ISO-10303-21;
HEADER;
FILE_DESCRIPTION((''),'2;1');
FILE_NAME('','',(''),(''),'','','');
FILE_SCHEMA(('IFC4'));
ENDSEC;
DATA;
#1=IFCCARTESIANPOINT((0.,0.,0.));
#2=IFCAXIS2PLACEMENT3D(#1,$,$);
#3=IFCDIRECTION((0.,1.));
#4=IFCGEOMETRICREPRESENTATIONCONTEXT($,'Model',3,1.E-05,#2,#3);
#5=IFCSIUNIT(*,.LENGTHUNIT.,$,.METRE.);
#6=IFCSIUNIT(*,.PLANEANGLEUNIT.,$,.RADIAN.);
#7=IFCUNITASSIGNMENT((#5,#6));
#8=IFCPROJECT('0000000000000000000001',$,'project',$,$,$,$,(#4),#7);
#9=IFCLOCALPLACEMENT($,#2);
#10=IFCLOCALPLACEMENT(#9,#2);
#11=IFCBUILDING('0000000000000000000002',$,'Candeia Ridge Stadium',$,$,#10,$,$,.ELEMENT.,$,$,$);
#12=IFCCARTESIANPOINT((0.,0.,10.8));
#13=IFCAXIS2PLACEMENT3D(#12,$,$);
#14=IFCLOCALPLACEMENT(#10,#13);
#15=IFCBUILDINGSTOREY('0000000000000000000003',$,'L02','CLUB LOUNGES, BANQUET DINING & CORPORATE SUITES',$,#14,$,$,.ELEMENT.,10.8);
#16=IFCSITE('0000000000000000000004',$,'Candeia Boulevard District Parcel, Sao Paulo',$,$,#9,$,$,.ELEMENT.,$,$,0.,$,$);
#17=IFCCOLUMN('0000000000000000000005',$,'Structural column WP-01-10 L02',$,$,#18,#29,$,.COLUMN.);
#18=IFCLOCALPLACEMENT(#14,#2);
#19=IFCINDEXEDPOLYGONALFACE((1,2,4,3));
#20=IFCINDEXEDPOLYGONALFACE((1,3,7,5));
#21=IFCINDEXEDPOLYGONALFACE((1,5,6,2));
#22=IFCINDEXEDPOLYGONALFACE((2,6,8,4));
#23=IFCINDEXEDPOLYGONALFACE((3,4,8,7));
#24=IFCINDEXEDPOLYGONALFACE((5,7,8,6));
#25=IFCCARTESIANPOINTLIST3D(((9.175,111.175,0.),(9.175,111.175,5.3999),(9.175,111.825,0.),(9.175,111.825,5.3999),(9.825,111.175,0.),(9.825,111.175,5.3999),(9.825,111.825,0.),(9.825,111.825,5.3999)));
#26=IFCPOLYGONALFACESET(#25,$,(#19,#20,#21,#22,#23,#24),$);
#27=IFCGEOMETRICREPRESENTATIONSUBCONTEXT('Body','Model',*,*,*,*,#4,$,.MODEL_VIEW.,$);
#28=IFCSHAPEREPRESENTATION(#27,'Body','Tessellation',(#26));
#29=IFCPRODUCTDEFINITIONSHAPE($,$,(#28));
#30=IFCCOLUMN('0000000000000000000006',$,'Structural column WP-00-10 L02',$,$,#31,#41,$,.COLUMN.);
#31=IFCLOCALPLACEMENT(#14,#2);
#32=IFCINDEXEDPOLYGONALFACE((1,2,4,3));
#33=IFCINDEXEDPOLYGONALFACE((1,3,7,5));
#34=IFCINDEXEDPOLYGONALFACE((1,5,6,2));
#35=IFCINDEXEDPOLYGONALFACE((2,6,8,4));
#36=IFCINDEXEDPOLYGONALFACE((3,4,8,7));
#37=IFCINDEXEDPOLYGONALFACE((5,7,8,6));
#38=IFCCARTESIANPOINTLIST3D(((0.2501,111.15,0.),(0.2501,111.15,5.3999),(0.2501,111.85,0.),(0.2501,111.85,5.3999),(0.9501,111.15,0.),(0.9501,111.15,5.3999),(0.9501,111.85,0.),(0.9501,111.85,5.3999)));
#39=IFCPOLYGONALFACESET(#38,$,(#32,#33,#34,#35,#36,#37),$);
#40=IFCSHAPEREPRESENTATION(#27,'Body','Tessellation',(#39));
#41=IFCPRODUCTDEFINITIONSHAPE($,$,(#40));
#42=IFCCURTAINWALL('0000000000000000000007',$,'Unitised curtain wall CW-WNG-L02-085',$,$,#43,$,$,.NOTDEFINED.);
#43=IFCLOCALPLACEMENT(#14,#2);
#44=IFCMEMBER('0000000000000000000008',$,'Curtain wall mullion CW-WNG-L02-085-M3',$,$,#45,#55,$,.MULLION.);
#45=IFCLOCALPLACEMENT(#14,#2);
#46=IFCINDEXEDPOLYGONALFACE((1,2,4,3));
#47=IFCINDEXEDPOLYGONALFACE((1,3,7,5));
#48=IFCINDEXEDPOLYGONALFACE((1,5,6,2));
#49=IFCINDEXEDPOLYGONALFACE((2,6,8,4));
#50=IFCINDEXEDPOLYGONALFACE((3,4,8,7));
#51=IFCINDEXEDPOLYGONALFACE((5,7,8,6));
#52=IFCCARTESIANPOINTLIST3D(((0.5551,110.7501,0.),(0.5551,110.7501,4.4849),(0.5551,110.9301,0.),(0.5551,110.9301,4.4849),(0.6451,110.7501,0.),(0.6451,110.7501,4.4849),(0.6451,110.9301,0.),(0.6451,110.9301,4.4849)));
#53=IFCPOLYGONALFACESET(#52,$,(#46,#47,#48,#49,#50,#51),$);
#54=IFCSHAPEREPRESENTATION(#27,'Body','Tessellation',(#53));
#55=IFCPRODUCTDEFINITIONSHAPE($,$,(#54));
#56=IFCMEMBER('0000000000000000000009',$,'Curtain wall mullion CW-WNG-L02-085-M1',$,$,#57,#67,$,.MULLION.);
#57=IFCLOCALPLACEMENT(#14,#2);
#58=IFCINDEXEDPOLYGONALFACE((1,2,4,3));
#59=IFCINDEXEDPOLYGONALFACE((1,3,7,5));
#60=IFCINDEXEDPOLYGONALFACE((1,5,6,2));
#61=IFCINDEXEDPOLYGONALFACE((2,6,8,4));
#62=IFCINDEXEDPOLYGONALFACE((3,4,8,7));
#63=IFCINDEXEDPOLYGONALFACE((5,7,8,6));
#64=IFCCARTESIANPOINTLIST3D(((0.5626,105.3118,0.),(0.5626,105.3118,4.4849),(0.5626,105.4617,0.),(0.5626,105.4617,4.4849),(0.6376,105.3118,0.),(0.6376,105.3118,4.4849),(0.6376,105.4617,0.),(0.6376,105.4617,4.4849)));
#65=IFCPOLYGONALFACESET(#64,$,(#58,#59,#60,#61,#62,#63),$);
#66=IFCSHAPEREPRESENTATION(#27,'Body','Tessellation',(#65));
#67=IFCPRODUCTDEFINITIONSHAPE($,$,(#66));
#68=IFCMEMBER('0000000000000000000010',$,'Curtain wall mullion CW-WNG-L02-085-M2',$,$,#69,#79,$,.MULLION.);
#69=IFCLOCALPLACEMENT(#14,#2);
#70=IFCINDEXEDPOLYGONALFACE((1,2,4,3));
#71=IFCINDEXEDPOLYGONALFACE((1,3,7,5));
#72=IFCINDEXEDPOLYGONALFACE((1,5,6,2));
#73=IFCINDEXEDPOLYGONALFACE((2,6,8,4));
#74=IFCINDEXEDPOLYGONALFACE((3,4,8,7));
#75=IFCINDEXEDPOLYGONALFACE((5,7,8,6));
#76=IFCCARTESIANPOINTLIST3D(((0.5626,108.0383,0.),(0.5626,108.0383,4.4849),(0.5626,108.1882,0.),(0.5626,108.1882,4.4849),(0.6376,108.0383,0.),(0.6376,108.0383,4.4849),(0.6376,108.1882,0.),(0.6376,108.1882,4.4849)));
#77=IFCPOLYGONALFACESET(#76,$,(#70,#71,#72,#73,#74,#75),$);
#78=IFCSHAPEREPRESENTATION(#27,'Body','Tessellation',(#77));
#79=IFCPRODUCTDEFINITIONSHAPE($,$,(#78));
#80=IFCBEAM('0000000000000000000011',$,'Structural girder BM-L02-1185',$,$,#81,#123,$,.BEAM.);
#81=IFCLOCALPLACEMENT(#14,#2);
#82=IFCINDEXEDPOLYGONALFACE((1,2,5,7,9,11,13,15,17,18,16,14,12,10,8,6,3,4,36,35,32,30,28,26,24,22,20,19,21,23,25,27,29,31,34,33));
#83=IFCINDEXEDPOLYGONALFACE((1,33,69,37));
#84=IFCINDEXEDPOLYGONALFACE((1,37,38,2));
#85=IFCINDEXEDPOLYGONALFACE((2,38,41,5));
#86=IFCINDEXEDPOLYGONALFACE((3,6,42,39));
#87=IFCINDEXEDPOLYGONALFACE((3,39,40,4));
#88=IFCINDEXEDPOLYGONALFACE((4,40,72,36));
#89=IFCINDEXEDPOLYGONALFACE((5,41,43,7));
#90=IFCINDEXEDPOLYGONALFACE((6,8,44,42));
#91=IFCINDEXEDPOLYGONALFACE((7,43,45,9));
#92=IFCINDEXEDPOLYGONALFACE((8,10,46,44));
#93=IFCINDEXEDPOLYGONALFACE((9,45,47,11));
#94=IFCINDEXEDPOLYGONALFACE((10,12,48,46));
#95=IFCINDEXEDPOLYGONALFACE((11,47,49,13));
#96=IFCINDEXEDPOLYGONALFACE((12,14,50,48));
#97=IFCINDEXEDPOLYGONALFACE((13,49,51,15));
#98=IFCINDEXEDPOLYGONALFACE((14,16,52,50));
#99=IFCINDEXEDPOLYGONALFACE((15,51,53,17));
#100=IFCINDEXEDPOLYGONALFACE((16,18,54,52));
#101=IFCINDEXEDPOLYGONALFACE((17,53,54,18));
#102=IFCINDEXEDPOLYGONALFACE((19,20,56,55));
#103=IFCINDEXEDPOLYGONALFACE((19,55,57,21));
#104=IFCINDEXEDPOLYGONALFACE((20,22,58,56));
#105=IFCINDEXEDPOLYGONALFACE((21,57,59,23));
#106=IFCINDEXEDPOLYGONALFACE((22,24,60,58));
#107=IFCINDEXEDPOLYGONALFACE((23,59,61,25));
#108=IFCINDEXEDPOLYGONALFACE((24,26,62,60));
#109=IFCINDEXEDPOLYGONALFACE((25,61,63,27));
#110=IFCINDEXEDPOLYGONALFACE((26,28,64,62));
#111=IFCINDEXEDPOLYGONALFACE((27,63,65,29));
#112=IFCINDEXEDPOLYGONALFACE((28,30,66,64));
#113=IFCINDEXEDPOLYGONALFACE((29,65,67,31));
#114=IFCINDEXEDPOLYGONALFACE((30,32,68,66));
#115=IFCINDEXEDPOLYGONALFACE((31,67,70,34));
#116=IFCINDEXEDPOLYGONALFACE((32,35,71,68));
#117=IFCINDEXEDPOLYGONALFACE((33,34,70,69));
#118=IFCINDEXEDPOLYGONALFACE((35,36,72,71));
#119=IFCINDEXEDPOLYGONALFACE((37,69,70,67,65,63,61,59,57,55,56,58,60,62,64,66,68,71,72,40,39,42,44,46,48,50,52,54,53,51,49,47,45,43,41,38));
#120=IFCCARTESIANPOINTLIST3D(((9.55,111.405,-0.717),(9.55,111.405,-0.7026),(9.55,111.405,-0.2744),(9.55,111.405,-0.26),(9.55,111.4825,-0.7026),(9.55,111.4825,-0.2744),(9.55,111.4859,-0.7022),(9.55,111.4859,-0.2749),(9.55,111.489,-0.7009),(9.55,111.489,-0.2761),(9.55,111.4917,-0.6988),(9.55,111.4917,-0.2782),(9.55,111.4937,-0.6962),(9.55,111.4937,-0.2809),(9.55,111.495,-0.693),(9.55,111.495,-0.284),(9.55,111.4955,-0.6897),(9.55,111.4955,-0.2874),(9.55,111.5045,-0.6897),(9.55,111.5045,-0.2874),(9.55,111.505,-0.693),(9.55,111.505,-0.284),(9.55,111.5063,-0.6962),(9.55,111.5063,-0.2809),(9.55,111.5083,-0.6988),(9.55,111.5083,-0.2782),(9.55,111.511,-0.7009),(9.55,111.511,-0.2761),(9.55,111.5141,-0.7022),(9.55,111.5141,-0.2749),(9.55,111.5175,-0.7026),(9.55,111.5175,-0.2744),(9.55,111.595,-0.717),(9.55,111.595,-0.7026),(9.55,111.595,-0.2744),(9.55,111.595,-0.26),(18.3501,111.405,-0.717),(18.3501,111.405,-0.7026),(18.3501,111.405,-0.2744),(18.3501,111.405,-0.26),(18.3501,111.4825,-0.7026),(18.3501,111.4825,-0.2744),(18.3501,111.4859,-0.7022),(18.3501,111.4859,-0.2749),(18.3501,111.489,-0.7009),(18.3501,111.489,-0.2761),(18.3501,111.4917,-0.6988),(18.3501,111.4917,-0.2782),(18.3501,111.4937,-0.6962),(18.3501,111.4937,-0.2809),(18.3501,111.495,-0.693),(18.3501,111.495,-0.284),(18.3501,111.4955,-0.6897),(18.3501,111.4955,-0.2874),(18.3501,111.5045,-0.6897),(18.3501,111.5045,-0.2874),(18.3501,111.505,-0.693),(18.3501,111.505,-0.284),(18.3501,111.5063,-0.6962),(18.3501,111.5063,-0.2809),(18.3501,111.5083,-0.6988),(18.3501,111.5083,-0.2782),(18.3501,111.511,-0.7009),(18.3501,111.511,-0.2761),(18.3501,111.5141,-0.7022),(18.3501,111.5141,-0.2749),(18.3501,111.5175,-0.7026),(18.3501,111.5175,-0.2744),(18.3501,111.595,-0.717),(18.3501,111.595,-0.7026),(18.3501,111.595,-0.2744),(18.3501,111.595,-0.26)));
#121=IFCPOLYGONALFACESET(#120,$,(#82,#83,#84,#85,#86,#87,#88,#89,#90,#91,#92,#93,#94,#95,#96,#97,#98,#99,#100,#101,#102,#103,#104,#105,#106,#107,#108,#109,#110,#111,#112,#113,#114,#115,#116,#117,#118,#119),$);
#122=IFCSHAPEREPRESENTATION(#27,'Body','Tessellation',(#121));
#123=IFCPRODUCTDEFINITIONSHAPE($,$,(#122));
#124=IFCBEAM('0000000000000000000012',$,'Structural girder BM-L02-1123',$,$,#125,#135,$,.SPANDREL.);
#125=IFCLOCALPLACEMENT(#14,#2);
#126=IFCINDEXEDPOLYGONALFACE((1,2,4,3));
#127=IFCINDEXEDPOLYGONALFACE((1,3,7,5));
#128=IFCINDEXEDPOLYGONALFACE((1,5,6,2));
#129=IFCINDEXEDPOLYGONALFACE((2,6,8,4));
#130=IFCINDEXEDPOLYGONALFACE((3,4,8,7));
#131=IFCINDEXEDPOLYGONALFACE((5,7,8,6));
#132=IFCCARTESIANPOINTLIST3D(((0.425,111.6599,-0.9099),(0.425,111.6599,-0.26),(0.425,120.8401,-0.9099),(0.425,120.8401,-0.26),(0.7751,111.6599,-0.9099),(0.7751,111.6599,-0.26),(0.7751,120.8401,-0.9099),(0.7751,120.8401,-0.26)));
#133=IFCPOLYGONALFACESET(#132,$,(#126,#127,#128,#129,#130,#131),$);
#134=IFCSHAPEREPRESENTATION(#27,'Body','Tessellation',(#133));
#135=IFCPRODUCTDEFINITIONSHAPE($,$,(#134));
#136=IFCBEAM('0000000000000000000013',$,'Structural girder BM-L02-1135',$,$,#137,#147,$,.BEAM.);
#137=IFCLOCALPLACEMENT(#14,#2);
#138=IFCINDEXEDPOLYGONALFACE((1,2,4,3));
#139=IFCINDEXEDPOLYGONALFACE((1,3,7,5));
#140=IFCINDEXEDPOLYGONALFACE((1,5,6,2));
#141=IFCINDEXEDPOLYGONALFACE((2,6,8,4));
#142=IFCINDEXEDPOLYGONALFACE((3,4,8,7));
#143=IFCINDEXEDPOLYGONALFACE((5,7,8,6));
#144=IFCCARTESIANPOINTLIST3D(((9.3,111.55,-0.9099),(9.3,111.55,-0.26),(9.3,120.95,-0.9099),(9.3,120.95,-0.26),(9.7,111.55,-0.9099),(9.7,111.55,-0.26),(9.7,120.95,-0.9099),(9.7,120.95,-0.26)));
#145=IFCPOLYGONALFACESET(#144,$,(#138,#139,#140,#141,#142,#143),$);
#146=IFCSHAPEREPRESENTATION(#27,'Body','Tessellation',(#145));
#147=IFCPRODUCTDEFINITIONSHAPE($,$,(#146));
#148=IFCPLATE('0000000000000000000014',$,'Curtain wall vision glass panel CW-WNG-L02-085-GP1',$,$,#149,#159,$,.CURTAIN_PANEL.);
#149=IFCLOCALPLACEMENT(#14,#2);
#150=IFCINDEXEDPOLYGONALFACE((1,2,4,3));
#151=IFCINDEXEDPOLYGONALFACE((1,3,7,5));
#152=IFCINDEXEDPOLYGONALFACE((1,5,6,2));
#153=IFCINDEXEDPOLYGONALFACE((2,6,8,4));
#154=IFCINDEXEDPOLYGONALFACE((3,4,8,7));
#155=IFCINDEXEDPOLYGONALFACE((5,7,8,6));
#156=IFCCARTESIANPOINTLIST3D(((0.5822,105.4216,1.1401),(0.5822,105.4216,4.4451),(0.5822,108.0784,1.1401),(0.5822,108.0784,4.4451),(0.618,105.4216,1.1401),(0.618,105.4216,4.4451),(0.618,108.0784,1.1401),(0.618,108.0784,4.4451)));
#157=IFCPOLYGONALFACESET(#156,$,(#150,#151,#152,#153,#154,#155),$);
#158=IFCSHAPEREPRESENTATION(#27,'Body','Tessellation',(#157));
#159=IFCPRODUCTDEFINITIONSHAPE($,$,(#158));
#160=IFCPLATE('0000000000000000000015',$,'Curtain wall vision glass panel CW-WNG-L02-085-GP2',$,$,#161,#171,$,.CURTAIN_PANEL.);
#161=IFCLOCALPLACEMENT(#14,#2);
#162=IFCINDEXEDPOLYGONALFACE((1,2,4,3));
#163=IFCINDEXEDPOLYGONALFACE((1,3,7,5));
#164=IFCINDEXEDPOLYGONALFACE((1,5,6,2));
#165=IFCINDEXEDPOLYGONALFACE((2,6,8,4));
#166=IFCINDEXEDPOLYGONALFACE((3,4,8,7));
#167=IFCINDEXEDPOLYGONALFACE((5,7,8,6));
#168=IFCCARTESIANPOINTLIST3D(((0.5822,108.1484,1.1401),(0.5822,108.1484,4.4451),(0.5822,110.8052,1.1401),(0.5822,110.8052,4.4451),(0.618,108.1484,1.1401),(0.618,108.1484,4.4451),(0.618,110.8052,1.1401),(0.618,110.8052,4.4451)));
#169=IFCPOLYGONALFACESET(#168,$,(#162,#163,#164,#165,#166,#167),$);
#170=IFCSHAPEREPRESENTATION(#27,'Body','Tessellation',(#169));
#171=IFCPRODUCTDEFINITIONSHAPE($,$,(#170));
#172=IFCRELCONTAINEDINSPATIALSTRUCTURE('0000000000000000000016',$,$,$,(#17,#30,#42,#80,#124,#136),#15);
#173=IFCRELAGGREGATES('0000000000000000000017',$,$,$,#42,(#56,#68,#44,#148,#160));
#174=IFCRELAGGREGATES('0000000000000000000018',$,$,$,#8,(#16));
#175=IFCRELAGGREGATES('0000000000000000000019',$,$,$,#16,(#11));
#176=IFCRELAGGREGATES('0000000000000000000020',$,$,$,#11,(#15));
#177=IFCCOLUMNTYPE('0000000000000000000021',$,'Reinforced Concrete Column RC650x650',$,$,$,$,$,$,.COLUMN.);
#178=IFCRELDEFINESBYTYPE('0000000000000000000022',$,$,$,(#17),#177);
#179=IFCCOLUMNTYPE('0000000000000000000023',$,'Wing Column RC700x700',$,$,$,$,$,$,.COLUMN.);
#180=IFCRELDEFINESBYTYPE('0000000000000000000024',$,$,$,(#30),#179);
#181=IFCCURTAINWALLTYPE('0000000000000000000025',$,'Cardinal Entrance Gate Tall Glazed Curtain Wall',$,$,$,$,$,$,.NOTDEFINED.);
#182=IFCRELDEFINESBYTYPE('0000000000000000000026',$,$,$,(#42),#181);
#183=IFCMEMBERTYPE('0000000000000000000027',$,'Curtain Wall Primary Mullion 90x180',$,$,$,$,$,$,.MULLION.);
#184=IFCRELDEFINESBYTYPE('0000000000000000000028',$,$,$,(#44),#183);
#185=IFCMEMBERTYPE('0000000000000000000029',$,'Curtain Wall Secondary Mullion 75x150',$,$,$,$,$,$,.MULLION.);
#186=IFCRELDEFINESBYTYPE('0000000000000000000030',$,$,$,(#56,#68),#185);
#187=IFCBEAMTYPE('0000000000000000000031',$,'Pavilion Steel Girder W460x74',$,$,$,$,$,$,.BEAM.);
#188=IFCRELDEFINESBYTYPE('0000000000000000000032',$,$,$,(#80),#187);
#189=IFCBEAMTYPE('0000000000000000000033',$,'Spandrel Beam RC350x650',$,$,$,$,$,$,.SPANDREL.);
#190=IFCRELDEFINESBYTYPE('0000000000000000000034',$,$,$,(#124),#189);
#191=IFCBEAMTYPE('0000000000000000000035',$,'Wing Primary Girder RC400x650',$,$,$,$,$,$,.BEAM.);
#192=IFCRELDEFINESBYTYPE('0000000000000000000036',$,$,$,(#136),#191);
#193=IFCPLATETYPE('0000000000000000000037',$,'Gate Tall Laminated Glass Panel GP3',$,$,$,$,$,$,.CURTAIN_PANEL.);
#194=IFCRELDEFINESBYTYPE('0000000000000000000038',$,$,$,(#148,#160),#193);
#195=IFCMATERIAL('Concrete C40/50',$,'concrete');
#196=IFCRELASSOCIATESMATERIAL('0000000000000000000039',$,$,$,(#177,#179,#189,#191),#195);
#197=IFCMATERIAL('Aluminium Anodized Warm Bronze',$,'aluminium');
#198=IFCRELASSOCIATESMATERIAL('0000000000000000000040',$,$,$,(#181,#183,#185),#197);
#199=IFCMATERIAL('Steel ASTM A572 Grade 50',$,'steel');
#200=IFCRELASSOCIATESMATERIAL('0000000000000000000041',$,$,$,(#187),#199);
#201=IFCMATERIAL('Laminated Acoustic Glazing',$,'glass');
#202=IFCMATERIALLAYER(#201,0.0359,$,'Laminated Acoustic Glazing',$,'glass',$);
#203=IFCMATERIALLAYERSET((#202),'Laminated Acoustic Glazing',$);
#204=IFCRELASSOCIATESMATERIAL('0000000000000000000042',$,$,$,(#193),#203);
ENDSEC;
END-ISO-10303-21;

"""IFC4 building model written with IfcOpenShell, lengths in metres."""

from ifc_helpers import new_model, si_unit, direction, frame, origin, origin_2d, place, context, subcontext, project, spatial, rectangle, i_section, extrude, material, layer, layer_set, material_profile, profile_set, type_object, element, aggregate, save


model = new_model("IFC4")

# Units and contexts
model_context = context("Model", 3, precision=1e-05, world=origin(), true_north=direction((0.0, 1.0)))
body_context = subcontext(model_context, "Body", "Model", "MODEL_VIEW")
ifc_project = project(units=[si_unit("LENGTHUNIT", "METRE"), si_unit("PLANEANGLEUNIT", "RADIAN")], contexts=[model_context])

# Site, building, storey
site_placement = place(None, origin())
site = spatial("IfcSite", under=ifc_project, at=site_placement, Name="Candeia Boulevard District Parcel, Sao Paulo", CompositionType="ELEMENT", RefElevation=0.0)
building_placement = place(site_placement, origin())
building = spatial("IfcBuilding", under=site, at=building_placement, Name="Candeia Ridge Stadium", CompositionType="ELEMENT")
storey_placement = place(building_placement, frame((0.0, 0.0, 10.8)))
storey = spatial("IfcBuildingStorey", under=building, at=storey_placement, Name="L02", Description="CLUB LOUNGES, BANQUET DINING & CORPORATE SUITES", CompositionType="ELEMENT", Elevation=10.8)

# Columns
ifc_material_1 = material(Name="Concrete C40/50", Category="concrete")
ifc_material_profile_1 = material_profile(ifc_material_1, rectangle(XDim=0.6499, YDim=0.6499, at=origin_2d()), Name="RC650x650", Category="concrete")
ifc_profile_set_1 = profile_set([ifc_material_profile_1], Name="Concrete C40/50")
column_type_1 = type_object("IfcColumnType", Name="Reinforced Concrete Column RC650x650", PredefinedType="COLUMN", material=ifc_profile_set_1)
column_1_placement = place(storey_placement, frame((9.5, 111.5, 0.0), z_axis=(0.0, 0.0, 1.0), x_axis=(1.0, 0.0, 0.0)))
element("IfcColumn", 1, at=column_1_placement, inside=storey, type_object=column_type_1, Name="Structural column WP-01-10 L02", PredefinedType="COLUMN", context=body_context, shape_type="SweptSolid", body=[
    extrude(rectangle(XDim=0.6499, YDim=0.6499, at=origin_2d()), origin(), (0.0, 0.0, 1.0), 5.3999),
])
ifc_material_profile_2 = material_profile(ifc_material_1, rectangle(XDim=0.7, YDim=0.7, at=origin_2d()), Name="RC700x700", Category="concrete")
ifc_profile_set_2 = profile_set([ifc_material_profile_2], Name="Concrete C40/50")
column_type_2 = type_object("IfcColumnType", Name="Wing Column RC700x700", PredefinedType="COLUMN", material=ifc_profile_set_2)
column_2_placement = place(storey_placement, frame((0.6001, 111.5, 0.0), z_axis=(0.0, 0.0, 1.0), x_axis=(1.0, 0.0, 0.0)))
element("IfcColumn", 2, at=column_2_placement, inside=storey, type_object=column_type_2, Name="Structural column WP-00-10 L02", PredefinedType="COLUMN", context=body_context, shape_type="SweptSolid", body=[
    extrude(rectangle(XDim=0.7, YDim=0.7, at=origin_2d()), origin(), (0.0, 0.0, 1.0), 5.3999),
])

# Curtain wall, members
ifc_material_2 = material(Name="Aluminium Anodized Warm Bronze", Category="aluminium")
curtain_wall_type = type_object("IfcCurtainWallType", Name="Cardinal Entrance Gate Tall Glazed Curtain Wall", PredefinedType="NOTDEFINED", material=ifc_material_2)
curtain_wall_placement = place(storey_placement, origin())
curtain_wall = element("IfcCurtainWall", 3, at=curtain_wall_placement, inside=storey, type_object=curtain_wall_type, Name="Unitised curtain wall CW-WNG-L02-085", PredefinedType="NOTDEFINED")
ifc_material_profile_3 = material_profile(ifc_material_2, rectangle(XDim=0.0901, YDim=0.1799, at=origin_2d()), Name="CWM-90x180", Category="aluminium")
ifc_profile_set_3 = profile_set([ifc_material_profile_3], Name="Aluminium Anodized Warm Bronze")
member_type_1 = type_object("IfcMemberType", Name="Curtain Wall Primary Mullion 90x180", PredefinedType="MULLION", material=ifc_profile_set_3)
member_1_placement = place(storey_placement, frame((0.6001, 110.8401, 0.0), z_axis=(0.0, 0.0, 1.0), x_axis=(1.0, 0.0, 0.0)))
member_1 = element("IfcMember", 4, at=member_1_placement, type_object=member_type_1, Name="Curtain wall mullion CW-WNG-L02-085-M3", PredefinedType="MULLION", context=body_context, shape_type="SweptSolid", body=[
    extrude(rectangle(XDim=0.0901, YDim=0.1799, at=origin_2d()), origin(), (0.0, 0.0, 1.0), 4.4849),
])
ifc_material_profile_4 = material_profile(ifc_material_2, rectangle(XDim=0.075, YDim=0.1499, at=origin_2d()), Name="CWM-75x150", Category="aluminium")
ifc_profile_set_4 = profile_set([ifc_material_profile_4], Name="Aluminium Anodized Warm Bronze")
member_type_2 = type_object("IfcMemberType", Name="Curtain Wall Secondary Mullion 75x150", PredefinedType="MULLION", material=ifc_profile_set_4)
member_2_placement = place(storey_placement, frame((0.6001, 105.3867, 0.0), z_axis=(0.0, 0.0, 1.0), x_axis=(1.0, 0.0, 0.0)))
member_2 = element("IfcMember", 5, at=member_2_placement, type_object=member_type_2, Name="Curtain wall mullion CW-WNG-L02-085-M1", PredefinedType="MULLION", context=body_context, shape_type="SweptSolid", body=[
    extrude(rectangle(XDim=0.075, YDim=0.1499, at=origin_2d()), origin(), (0.0, 0.0, 1.0), 4.4849),
])
member_3_placement = place(storey_placement, frame((0.6001, 108.1133, 0.0), z_axis=(0.0, 0.0, 1.0), x_axis=(1.0, 0.0, 0.0)))
member_3 = element("IfcMember", 6, at=member_3_placement, type_object=member_type_2, Name="Curtain wall mullion CW-WNG-L02-085-M2", PredefinedType="MULLION", context=body_context, shape_type="SweptSolid", body=[
    extrude(rectangle(XDim=0.075, YDim=0.1499, at=origin_2d()), origin(), (0.0, 0.0, 1.0), 4.4849),
])

# Beams
ifc_material_3 = material(Name="Steel ASTM A572 Grade 50", Category="steel")
ifc_material_profile_5 = material_profile(ifc_material_3, i_section(OverallWidth=0.1899, OverallDepth=0.457, WebThickness=0.009, FlangeThickness=0.0144, FilletRadius=0.0129, at=origin_2d()), Name="W460x74", Category="steel")
ifc_profile_set_5 = profile_set([ifc_material_profile_5], Name="Steel ASTM A572 Grade 50")
beam_type_1 = type_object("IfcBeamType", Name="Pavilion Steel Girder W460x74", PredefinedType="BEAM", material=ifc_profile_set_5)
beam_1_placement = place(storey_placement, frame((9.55, 111.5, -0.4885), z_axis=(1.0, 0.0, 0.0), x_axis=(0.0, 1.0, 0.0)))
element("IfcBeam", 7, at=beam_1_placement, inside=storey, type_object=beam_type_1, Name="Structural girder BM-L02-1185", PredefinedType="BEAM", context=body_context, shape_type="SweptSolid", body=[
    extrude(i_section(OverallWidth=0.1899, OverallDepth=0.457, WebThickness=0.009, FlangeThickness=0.0144, FilletRadius=0.0129, at=origin_2d()), origin(), (0.0, 0.0, 1.0), 8.8),
])
ifc_material_profile_6 = material_profile(ifc_material_1, rectangle(XDim=0.3501, YDim=0.6499, at=origin_2d()), Name="RC350x650", Category="concrete")
ifc_profile_set_6 = profile_set([ifc_material_profile_6], Name="Concrete C40/50")
beam_type_2 = type_object("IfcBeamType", Name="Spandrel Beam RC350x650", PredefinedType="SPANDREL", material=ifc_profile_set_6)
beam_2_placement = place(storey_placement, frame((0.6001, 111.6599, -0.585), z_axis=(0.0, 1.0, 0.0), x_axis=(-1.0, 0.0, 0.0)))
element("IfcBeam", 8, at=beam_2_placement, inside=storey, type_object=beam_type_2, Name="Structural girder BM-L02-1123", PredefinedType="SPANDREL", context=body_context, shape_type="SweptSolid", body=[
    extrude(rectangle(XDim=0.3501, YDim=0.6499, at=origin_2d()), origin(), (0.0, 0.0, 1.0), 9.1802),
])
ifc_material_profile_7 = material_profile(ifc_material_1, rectangle(XDim=0.3999, YDim=0.6499, at=origin_2d()), Name="RC400x650", Category="concrete")
ifc_profile_set_7 = profile_set([ifc_material_profile_7], Name="Concrete C40/50")
beam_type_3 = type_object("IfcBeamType", Name="Wing Primary Girder RC400x650", PredefinedType="BEAM", material=ifc_profile_set_7)
beam_3_placement = place(storey_placement, frame((9.5, 111.55, -0.585), z_axis=(0.0, 1.0, 0.0), x_axis=(-1.0, 0.0, 0.0)))
element("IfcBeam", 9, at=beam_3_placement, inside=storey, type_object=beam_type_3, Name="Structural girder BM-L02-1135", PredefinedType="BEAM", context=body_context, shape_type="SweptSolid", body=[
    extrude(rectangle(XDim=0.3999, YDim=0.6499, at=origin_2d()), origin(), (0.0, 0.0, 1.0), 9.3999),
])

# Plates
ifc_material_4 = material(Name="Laminated Acoustic Glazing", Category="glass")
ifc_layer_1 = layer(ifc_material_4, 0.0359, Name="Laminated Acoustic Glazing", Category="glass")
ifc_layer_set_1 = layer_set([ifc_layer_1], Name="Laminated Acoustic Glazing")
plate_type_1 = type_object("IfcPlateType", Name="Gate Tall Laminated Glass Panel GP3", PredefinedType="CURTAIN_PANEL", material=ifc_layer_set_1)
plate_1_placement = place(storey_placement, frame((0.6001, 106.75, 1.1401), z_axis=(0.0, 0.0, 1.0), x_axis=(0.0, 1.0, 0.0)))
plate_1 = element("IfcPlate", 10, at=plate_1_placement, type_object=plate_type_1, Name="Curtain wall vision glass panel CW-WNG-L02-085-GP1", PredefinedType="CURTAIN_PANEL", context=body_context, shape_type="SweptSolid", body=[
    extrude(rectangle(XDim=2.6567, YDim=0.0359, at=origin_2d()), origin(), (0.0, 0.0, 1.0), 3.3049),
])
plate_2_placement = place(storey_placement, frame((0.6001, 109.4768, 1.1401), z_axis=(0.0, 0.0, 1.0), x_axis=(0.0, 1.0, 0.0)))
plate_2 = element("IfcPlate", 11, at=plate_2_placement, type_object=plate_type_1, Name="Curtain wall vision glass panel CW-WNG-L02-085-GP2", PredefinedType="CURTAIN_PANEL", context=body_context, shape_type="SweptSolid", body=[
    extrude(rectangle(XDim=2.6567, YDim=0.0359, at=origin_2d()), origin(), (0.0, 0.0, 1.0), 3.3049),
])
aggregate(curtain_wall, [member_2, member_3, member_1, plate_1, plate_2])

save(model, "model.ifc")
